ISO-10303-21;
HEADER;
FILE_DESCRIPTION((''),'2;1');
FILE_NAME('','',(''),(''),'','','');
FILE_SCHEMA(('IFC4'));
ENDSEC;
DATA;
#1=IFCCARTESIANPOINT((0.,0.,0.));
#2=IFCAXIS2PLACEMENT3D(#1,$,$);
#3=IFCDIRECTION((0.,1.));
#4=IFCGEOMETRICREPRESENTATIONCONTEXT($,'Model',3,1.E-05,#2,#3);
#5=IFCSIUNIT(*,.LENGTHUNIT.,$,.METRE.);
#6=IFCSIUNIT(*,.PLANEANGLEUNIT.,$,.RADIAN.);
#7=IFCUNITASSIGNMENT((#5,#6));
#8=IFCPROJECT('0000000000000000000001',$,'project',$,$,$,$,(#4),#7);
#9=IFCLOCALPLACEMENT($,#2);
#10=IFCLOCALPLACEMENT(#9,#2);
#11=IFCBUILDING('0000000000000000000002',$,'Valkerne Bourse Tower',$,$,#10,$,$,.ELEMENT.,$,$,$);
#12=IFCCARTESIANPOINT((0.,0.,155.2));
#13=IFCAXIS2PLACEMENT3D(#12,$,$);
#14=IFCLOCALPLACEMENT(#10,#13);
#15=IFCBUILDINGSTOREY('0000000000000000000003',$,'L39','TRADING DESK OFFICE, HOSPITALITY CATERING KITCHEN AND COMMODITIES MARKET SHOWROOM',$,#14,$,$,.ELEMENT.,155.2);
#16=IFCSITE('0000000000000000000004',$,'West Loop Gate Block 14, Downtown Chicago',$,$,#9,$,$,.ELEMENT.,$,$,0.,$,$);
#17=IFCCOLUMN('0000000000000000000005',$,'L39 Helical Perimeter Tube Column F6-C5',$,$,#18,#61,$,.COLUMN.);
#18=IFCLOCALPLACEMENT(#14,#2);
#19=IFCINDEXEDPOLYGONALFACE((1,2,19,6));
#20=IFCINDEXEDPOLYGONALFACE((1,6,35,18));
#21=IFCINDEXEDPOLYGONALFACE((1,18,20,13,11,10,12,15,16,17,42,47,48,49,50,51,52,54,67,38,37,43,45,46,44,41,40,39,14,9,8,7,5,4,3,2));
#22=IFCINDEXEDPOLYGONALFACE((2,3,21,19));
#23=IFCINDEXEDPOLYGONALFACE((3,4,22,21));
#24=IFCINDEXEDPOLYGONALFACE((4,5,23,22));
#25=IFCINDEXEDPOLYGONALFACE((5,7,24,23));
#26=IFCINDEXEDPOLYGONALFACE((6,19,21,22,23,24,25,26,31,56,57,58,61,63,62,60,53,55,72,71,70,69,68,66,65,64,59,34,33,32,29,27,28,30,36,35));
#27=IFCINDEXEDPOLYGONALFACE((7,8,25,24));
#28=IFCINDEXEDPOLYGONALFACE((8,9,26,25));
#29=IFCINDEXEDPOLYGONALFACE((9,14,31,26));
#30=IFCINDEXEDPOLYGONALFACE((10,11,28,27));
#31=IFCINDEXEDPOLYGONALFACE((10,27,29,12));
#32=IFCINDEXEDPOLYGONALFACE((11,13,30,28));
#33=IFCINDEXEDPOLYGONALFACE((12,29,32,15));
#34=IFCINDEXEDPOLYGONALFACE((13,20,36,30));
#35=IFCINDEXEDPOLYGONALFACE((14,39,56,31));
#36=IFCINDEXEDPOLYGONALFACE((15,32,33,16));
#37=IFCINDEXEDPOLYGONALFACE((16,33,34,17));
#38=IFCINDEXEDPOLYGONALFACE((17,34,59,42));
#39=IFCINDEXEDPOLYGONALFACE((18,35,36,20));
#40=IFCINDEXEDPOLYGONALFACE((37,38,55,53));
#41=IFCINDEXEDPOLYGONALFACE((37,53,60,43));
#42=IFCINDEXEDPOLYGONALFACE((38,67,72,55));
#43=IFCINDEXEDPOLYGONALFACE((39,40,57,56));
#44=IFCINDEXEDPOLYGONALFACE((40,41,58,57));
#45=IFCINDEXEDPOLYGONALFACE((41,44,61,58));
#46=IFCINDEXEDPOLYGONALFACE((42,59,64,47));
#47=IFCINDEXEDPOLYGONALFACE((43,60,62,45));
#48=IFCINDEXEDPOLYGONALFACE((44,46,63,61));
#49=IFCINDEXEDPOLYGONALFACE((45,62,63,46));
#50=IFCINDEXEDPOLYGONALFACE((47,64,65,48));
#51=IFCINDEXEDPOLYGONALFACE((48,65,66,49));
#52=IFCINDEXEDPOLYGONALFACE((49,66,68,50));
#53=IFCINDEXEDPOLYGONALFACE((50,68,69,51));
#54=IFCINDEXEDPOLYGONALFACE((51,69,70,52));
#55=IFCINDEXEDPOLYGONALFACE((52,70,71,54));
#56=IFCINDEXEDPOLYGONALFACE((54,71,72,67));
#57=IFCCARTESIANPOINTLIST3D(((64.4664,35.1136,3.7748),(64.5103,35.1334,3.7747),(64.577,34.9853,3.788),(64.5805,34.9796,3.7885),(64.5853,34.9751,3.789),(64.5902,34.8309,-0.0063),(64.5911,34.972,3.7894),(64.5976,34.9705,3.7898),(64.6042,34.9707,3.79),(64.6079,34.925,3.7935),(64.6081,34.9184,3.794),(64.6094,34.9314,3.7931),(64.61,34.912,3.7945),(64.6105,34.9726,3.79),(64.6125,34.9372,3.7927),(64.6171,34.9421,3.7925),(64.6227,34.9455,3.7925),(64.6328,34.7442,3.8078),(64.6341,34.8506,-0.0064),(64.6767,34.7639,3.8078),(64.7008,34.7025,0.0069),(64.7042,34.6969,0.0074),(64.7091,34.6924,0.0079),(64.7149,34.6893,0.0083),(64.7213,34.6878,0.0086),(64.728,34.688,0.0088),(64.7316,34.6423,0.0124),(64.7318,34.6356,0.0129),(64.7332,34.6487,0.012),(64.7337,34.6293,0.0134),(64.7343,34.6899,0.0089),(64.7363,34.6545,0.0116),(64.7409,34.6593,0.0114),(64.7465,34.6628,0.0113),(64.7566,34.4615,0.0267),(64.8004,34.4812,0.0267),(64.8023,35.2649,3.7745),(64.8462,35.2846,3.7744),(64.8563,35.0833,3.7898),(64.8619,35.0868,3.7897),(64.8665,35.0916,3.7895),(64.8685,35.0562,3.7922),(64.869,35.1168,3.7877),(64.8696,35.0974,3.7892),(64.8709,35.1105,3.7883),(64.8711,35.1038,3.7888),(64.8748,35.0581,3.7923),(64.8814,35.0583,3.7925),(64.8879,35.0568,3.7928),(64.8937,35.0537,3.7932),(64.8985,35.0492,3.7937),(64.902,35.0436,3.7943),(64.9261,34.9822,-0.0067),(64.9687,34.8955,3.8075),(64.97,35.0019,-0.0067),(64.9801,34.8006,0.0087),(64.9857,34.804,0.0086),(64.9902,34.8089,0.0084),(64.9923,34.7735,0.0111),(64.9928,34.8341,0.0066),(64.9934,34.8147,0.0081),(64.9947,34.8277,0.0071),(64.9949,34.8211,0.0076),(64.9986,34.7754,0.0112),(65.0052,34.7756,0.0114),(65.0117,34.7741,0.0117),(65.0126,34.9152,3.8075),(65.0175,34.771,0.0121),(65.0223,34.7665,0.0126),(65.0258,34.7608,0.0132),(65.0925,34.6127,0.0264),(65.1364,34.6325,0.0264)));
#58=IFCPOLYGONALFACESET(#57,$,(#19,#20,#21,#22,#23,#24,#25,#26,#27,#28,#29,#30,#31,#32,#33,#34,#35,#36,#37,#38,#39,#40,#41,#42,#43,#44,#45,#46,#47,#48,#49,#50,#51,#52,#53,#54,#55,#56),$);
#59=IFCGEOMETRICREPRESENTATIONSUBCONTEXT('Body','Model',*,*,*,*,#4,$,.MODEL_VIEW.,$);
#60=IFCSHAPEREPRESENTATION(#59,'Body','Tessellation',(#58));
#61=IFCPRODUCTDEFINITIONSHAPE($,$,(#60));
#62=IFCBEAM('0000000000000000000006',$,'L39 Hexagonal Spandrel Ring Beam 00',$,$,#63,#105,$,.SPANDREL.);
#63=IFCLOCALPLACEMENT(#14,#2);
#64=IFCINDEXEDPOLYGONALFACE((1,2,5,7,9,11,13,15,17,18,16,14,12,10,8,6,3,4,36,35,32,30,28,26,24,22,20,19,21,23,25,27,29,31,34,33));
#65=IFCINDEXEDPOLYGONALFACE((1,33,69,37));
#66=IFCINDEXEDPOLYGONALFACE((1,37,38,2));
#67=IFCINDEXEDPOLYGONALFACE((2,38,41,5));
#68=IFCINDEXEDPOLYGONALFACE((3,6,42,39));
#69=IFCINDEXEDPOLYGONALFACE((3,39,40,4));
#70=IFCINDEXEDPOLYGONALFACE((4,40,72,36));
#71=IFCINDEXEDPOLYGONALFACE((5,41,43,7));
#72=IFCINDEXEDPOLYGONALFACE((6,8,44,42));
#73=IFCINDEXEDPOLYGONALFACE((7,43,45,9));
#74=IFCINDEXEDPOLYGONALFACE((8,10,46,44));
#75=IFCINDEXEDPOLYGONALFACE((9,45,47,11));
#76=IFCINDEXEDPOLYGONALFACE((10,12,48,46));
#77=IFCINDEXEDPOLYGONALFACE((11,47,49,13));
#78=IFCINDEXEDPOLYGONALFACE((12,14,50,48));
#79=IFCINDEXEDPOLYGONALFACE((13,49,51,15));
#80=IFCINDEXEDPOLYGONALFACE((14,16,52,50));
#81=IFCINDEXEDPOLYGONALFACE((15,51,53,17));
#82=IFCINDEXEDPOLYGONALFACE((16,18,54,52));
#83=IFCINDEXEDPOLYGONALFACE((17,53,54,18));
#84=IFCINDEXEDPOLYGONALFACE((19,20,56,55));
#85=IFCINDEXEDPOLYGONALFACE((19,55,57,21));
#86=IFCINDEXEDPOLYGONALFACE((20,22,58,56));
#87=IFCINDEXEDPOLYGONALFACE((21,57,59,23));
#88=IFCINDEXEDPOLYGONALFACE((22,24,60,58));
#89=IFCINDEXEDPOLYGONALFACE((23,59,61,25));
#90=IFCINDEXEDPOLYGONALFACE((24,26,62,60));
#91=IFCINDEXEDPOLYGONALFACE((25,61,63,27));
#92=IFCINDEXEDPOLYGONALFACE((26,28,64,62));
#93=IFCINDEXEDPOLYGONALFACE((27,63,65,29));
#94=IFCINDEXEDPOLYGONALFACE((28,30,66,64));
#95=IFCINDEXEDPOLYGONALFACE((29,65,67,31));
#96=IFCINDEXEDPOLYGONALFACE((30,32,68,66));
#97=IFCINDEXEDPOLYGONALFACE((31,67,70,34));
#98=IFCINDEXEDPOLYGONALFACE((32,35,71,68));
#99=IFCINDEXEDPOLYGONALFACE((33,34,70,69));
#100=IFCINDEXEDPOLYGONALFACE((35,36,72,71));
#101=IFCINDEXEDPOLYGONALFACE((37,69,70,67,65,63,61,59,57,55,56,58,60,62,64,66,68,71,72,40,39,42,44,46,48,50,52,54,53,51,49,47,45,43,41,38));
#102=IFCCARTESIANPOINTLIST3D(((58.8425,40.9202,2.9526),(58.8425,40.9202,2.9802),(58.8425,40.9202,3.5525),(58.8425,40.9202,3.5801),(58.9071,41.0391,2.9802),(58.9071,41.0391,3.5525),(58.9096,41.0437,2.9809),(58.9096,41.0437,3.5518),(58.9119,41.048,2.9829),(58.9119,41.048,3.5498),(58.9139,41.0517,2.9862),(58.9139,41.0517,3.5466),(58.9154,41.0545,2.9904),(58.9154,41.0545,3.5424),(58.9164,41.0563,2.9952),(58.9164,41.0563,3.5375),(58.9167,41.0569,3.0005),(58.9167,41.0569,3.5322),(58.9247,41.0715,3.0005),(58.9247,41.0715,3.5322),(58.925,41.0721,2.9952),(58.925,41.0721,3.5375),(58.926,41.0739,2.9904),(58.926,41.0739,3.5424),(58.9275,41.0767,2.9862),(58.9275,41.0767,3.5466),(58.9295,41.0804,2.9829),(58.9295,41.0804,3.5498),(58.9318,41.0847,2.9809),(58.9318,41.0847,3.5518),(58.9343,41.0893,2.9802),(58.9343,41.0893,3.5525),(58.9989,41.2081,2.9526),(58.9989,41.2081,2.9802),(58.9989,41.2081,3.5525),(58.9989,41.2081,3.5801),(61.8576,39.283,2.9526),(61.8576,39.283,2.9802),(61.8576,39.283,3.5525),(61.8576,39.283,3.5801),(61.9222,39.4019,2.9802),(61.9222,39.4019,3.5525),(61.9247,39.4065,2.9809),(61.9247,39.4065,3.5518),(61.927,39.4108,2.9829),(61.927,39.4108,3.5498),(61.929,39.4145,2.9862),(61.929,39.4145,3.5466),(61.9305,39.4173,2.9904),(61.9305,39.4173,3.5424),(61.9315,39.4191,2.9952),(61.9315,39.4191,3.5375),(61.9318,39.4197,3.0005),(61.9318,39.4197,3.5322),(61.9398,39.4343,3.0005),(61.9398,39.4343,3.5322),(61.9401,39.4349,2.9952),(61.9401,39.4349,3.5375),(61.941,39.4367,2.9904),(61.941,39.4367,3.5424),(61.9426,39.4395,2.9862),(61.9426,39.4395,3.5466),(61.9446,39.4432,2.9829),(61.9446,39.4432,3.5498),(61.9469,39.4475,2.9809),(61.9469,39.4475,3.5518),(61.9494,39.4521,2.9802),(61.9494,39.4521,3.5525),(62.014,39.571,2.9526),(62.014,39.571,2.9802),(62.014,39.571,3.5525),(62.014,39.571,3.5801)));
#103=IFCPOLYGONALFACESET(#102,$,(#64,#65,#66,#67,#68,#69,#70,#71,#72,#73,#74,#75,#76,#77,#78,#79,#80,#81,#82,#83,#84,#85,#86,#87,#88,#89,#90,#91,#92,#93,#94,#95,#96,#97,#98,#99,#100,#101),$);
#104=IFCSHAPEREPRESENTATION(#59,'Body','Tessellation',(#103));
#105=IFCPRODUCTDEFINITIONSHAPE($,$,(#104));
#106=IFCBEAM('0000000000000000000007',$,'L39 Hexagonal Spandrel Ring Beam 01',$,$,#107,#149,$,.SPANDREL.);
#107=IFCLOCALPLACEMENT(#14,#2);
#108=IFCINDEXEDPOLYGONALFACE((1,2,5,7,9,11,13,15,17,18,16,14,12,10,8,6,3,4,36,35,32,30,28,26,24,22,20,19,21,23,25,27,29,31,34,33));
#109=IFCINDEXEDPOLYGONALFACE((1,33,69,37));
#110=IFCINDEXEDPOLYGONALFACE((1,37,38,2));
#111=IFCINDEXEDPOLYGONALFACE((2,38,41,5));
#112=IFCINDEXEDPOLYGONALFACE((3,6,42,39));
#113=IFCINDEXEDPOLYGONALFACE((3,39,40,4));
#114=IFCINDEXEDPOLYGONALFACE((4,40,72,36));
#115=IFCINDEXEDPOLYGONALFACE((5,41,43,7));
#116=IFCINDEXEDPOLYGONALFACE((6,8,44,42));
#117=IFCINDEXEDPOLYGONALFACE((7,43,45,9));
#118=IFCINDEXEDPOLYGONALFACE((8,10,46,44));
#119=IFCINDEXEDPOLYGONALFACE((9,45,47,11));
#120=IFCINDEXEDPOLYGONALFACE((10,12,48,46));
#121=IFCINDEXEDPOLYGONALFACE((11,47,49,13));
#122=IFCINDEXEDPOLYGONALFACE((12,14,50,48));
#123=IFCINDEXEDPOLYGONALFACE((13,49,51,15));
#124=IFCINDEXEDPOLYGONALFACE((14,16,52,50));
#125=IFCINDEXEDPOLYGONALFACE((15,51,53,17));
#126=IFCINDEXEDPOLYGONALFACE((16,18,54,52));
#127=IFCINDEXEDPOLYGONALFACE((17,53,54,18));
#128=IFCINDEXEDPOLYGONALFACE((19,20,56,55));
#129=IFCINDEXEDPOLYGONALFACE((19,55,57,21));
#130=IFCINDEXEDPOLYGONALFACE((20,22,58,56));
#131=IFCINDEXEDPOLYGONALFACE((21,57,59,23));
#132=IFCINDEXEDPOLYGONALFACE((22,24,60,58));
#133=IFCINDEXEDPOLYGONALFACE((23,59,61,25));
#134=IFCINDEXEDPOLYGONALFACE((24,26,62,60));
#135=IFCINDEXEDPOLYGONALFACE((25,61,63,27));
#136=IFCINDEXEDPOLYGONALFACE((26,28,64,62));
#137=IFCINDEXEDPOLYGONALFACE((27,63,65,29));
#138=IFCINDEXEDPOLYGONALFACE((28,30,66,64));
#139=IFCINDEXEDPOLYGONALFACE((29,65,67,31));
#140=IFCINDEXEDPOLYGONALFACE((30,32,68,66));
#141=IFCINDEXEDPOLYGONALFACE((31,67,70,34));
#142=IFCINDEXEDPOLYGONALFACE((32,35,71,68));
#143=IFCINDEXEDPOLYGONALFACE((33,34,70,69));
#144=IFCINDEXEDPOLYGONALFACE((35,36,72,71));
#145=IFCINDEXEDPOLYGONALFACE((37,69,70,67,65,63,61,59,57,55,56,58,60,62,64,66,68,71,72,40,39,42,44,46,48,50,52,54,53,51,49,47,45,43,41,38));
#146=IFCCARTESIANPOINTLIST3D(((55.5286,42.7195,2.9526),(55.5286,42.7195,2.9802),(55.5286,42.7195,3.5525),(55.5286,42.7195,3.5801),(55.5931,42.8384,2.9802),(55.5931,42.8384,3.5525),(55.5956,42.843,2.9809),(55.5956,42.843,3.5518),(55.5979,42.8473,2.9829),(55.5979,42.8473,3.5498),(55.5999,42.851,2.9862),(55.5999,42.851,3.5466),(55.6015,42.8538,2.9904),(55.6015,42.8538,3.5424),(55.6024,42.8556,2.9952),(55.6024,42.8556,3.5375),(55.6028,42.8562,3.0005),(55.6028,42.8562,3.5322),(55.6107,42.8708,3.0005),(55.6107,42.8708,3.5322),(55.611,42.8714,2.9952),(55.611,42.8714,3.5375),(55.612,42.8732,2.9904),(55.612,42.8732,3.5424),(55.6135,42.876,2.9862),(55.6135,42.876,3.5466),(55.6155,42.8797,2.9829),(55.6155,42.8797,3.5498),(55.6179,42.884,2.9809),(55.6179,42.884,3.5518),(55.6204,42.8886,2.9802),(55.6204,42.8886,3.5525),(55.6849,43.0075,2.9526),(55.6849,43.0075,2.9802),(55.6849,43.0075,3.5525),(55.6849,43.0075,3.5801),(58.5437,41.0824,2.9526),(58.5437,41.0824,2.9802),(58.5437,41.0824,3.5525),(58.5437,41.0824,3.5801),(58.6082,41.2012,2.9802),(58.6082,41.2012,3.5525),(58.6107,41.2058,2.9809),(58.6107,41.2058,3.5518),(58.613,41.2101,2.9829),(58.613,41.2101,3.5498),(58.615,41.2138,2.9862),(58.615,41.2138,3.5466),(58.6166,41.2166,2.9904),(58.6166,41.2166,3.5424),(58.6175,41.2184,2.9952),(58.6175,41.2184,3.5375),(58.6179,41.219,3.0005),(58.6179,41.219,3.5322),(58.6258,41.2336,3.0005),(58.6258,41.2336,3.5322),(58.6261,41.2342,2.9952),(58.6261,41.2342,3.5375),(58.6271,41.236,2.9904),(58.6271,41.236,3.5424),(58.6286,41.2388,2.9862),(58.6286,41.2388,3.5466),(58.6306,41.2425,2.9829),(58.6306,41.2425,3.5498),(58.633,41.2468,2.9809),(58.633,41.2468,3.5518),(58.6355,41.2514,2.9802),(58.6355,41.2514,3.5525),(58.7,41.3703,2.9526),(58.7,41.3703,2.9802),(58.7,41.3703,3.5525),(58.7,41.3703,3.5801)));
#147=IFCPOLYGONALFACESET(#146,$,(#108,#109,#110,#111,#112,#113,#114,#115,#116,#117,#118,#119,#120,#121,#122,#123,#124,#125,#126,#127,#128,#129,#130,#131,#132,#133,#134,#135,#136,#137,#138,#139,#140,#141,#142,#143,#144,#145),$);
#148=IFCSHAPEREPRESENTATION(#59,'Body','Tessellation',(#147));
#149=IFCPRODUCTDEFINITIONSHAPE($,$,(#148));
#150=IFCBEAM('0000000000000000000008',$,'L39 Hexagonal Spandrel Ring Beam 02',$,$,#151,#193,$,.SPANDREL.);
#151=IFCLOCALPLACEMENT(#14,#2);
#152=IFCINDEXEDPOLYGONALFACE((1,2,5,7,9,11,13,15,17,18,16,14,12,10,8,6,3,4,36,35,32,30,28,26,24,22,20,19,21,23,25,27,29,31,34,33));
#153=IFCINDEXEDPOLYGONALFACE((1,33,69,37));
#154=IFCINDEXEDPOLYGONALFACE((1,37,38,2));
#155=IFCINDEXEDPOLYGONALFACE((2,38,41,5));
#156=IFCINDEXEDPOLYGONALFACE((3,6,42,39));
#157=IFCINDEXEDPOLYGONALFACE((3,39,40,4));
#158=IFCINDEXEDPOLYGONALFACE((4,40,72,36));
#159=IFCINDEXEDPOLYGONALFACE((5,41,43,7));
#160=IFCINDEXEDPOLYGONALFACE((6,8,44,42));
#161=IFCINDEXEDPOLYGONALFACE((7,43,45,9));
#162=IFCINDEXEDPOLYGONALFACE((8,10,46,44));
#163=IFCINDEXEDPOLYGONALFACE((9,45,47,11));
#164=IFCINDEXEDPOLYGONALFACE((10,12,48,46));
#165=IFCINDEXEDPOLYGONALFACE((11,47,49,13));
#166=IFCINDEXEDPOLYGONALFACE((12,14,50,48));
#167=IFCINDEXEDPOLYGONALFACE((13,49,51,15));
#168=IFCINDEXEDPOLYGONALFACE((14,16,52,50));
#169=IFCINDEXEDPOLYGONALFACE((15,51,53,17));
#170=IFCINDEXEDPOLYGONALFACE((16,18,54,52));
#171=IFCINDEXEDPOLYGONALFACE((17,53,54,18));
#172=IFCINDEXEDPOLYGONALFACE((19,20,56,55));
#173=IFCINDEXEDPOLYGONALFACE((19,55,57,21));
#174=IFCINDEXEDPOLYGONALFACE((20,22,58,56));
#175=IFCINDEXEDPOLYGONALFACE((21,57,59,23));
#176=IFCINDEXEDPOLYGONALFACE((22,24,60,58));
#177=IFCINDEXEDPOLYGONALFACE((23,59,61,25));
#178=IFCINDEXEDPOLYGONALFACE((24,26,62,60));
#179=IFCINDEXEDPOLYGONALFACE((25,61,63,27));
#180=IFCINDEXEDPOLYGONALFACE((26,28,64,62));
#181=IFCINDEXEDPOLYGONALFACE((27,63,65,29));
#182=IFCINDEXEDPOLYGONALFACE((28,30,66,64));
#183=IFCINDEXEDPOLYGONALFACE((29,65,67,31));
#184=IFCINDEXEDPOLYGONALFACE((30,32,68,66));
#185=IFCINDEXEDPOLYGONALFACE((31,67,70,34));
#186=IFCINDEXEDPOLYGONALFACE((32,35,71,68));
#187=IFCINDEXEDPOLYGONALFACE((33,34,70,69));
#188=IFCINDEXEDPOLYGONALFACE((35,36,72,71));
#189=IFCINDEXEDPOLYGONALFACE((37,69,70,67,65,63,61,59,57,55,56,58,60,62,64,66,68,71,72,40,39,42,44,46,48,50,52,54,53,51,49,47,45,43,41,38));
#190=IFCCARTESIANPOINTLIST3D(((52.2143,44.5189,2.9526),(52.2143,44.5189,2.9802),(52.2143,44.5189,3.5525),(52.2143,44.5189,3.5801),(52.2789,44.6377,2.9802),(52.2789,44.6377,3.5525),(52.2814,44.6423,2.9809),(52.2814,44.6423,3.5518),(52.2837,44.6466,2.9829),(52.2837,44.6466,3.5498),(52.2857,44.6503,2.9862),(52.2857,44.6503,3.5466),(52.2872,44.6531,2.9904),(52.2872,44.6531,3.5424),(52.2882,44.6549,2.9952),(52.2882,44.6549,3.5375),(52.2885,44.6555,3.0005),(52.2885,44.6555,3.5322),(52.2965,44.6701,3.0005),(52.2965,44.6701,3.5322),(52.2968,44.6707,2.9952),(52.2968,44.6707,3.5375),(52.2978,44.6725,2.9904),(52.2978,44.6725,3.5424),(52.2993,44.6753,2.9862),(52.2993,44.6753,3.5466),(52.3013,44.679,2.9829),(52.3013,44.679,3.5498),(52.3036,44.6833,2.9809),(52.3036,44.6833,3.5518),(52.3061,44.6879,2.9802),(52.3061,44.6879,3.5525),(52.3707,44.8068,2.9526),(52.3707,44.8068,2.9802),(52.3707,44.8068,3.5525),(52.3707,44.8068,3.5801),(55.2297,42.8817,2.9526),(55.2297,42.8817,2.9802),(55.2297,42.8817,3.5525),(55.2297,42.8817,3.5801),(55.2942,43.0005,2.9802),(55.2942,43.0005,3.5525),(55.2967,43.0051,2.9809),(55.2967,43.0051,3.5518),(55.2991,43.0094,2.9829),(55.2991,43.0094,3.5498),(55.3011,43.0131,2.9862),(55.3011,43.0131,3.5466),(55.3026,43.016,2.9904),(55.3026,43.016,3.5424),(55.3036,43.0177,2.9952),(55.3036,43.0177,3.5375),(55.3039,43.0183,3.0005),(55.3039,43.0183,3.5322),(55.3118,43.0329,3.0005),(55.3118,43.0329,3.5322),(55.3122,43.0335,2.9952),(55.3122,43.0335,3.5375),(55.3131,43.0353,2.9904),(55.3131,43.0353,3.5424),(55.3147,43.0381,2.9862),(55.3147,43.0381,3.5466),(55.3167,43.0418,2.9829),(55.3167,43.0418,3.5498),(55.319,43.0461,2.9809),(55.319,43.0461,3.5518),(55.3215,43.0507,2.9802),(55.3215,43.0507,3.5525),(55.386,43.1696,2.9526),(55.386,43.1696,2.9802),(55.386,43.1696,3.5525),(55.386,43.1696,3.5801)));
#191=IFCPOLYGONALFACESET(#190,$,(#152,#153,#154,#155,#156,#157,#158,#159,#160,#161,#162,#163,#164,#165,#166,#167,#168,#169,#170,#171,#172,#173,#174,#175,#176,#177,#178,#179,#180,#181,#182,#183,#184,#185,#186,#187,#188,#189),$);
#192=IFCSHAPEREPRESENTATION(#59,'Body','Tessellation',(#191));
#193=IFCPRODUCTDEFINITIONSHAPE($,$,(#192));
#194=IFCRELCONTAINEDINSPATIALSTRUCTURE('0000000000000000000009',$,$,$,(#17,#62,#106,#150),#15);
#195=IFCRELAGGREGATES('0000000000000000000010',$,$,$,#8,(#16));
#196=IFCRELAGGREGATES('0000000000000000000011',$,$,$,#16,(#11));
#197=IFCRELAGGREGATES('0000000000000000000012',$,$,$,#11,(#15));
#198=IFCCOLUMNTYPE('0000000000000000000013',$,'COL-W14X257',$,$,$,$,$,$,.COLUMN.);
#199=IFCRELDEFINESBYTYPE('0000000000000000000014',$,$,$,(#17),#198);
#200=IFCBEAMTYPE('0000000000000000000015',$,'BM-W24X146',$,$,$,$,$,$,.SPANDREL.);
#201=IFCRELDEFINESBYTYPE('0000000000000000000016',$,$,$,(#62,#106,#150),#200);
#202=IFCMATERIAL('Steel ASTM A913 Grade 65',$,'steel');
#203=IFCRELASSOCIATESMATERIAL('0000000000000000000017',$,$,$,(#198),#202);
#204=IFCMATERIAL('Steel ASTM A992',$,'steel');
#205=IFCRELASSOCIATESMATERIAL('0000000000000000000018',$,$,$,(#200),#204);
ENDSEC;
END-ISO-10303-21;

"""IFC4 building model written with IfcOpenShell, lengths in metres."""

from ifc_helpers import new_model, si_unit, direction, frame, origin, origin_2d, place, context, subcontext, project, spatial, i_section, extrude, material, material_profile, profile_set, type_object, element, save


model = new_model("IFC4")

# Units and contexts
model_context = context("Model", 3, precision=1e-05, world=origin(), true_north=direction((0.0, 1.0)))
body_context = subcontext(model_context, "Body", "Model", "MODEL_VIEW")
ifc_project = project(units=[si_unit("LENGTHUNIT", "METRE"), si_unit("PLANEANGLEUNIT", "RADIAN")], contexts=[model_context])

# Site, building, storey
site_placement = place(None, origin())
site = spatial("IfcSite", under=ifc_project, at=site_placement, Name="West Loop Gate Block 14, Downtown Chicago", CompositionType="ELEMENT", RefElevation=0.0)
building_placement = place(site_placement, origin())
building = spatial("IfcBuilding", under=site, at=building_placement, Name="Valkerne Bourse Tower", CompositionType="ELEMENT")
storey_placement = place(building_placement, frame((0.0, 0.0, 155.2)))
storey = spatial("IfcBuildingStorey", under=building, at=storey_placement, Name="L39", Description="TRADING DESK OFFICE, HOSPITALITY CATERING KITCHEN AND COMMODITIES MARKET SHOWROOM", CompositionType="ELEMENT", Elevation=155.2)

# Column
ifc_material_1 = material(Name="Steel ASTM A913 Grade 65", Category="steel")
ifc_material_profile_1 = material_profile(ifc_material_1, i_section(OverallWidth=0.4065, OverallDepth=0.4165, WebThickness=0.0298, FlangeThickness=0.0481, FilletRadius=0.0254, at=origin_2d()), Name="W14X257")
ifc_profile_set_1 = profile_set([ifc_material_profile_1], Name="Steel ASTM A913 Grade 65")
column_type = type_object("IfcColumnType", Name="COL-W14X257", PredefinedType="COLUMN", material=ifc_profile_set_1)
column_1_placement = place(storey_placement, frame((64.8633, 34.7317, 0.01), z_axis=(-0.032629, 0.074525, 0.996685), x_axis=(0.409309, -0.908762, 0.08135)))
element("IfcColumn", 1, at=column_1_placement, inside=storey, type_object=column_type, Name="L39 Helical Perimeter Tube Column F6-C5", PredefinedType="COLUMN", context=body_context, shape_type="SweptSolid", body=[
    extrude(i_section(OverallWidth=0.4065, OverallDepth=0.4165, WebThickness=0.0298, FlangeThickness=0.0481, FilletRadius=0.0254, at=origin_2d()), origin(), (0.0, 0.0, 1.0), 3.7937),
])

# Beams
ifc_material_2 = material(Name="Steel ASTM A992", Category="steel")
ifc_material_profile_2 = material_profile(ifc_material_2, i_section(OverallWidth=0.3276, OverallDepth=0.6274, WebThickness=0.0166, FlangeThickness=0.0276, FilletRadius=0.0203, at=origin_2d()), Name="W24X146")
ifc_profile_set_2 = profile_set([ifc_material_profile_2], Name="Steel ASTM A992")
beam_type = type_object("IfcBeamType", Name="BM-W24X146", PredefinedType="SPANDREL", material=ifc_profile_set_2)
for number, where, z_axis, x_axis, name in (
    (2, (61.9358, 39.427, 3.2664), (-0.878802, 0.477186, 0.0), (-0.477186, -0.878802, 0.0), "L39 Hexagonal Spandrel Ring Beam 00"),
    (3, (58.6218, 41.2263, 3.2664), (-0.878802, 0.477186, 0.0), (-0.477186, -0.878802, 0.0), "L39 Hexagonal Spandrel Ring Beam 01"),
):
    element("IfcBeam", number, at=place(storey_placement, frame(where, z_axis=z_axis, x_axis=x_axis)), inside=storey, type_object=beam_type, Name=name, PredefinedType="SPANDREL", context=body_context, shape_type="SweptSolid", body=[
        extrude(i_section(OverallWidth=0.3276, OverallDepth=0.6274, WebThickness=0.0166, FlangeThickness=0.0276, FilletRadius=0.0203, at=origin_2d()), origin(), (0.0, 0.0, 1.0), 3.4309),
    ])
for number, where, z_axis, x_axis, name in (
    (4, (55.3079, 43.0256, 3.2664), (-0.878818, 0.477156, 0.0), (-0.477156, -0.878818, 0.0), "L39 Hexagonal Spandrel Ring Beam 02"),
):
    element("IfcBeam", number, at=place(storey_placement, frame(where, z_axis=z_axis, x_axis=x_axis)), inside=storey, type_object=beam_type, Name=name, PredefinedType="SPANDREL", context=body_context, shape_type="SweptSolid", body=[
        extrude(i_section(OverallWidth=0.3276, OverallDepth=0.6274, WebThickness=0.0166, FlangeThickness=0.0276, FilletRadius=0.0203, at=origin_2d()), origin(), (0.0, 0.0, 1.0), 3.4312),
    ])

save(model, "model.ifc")
